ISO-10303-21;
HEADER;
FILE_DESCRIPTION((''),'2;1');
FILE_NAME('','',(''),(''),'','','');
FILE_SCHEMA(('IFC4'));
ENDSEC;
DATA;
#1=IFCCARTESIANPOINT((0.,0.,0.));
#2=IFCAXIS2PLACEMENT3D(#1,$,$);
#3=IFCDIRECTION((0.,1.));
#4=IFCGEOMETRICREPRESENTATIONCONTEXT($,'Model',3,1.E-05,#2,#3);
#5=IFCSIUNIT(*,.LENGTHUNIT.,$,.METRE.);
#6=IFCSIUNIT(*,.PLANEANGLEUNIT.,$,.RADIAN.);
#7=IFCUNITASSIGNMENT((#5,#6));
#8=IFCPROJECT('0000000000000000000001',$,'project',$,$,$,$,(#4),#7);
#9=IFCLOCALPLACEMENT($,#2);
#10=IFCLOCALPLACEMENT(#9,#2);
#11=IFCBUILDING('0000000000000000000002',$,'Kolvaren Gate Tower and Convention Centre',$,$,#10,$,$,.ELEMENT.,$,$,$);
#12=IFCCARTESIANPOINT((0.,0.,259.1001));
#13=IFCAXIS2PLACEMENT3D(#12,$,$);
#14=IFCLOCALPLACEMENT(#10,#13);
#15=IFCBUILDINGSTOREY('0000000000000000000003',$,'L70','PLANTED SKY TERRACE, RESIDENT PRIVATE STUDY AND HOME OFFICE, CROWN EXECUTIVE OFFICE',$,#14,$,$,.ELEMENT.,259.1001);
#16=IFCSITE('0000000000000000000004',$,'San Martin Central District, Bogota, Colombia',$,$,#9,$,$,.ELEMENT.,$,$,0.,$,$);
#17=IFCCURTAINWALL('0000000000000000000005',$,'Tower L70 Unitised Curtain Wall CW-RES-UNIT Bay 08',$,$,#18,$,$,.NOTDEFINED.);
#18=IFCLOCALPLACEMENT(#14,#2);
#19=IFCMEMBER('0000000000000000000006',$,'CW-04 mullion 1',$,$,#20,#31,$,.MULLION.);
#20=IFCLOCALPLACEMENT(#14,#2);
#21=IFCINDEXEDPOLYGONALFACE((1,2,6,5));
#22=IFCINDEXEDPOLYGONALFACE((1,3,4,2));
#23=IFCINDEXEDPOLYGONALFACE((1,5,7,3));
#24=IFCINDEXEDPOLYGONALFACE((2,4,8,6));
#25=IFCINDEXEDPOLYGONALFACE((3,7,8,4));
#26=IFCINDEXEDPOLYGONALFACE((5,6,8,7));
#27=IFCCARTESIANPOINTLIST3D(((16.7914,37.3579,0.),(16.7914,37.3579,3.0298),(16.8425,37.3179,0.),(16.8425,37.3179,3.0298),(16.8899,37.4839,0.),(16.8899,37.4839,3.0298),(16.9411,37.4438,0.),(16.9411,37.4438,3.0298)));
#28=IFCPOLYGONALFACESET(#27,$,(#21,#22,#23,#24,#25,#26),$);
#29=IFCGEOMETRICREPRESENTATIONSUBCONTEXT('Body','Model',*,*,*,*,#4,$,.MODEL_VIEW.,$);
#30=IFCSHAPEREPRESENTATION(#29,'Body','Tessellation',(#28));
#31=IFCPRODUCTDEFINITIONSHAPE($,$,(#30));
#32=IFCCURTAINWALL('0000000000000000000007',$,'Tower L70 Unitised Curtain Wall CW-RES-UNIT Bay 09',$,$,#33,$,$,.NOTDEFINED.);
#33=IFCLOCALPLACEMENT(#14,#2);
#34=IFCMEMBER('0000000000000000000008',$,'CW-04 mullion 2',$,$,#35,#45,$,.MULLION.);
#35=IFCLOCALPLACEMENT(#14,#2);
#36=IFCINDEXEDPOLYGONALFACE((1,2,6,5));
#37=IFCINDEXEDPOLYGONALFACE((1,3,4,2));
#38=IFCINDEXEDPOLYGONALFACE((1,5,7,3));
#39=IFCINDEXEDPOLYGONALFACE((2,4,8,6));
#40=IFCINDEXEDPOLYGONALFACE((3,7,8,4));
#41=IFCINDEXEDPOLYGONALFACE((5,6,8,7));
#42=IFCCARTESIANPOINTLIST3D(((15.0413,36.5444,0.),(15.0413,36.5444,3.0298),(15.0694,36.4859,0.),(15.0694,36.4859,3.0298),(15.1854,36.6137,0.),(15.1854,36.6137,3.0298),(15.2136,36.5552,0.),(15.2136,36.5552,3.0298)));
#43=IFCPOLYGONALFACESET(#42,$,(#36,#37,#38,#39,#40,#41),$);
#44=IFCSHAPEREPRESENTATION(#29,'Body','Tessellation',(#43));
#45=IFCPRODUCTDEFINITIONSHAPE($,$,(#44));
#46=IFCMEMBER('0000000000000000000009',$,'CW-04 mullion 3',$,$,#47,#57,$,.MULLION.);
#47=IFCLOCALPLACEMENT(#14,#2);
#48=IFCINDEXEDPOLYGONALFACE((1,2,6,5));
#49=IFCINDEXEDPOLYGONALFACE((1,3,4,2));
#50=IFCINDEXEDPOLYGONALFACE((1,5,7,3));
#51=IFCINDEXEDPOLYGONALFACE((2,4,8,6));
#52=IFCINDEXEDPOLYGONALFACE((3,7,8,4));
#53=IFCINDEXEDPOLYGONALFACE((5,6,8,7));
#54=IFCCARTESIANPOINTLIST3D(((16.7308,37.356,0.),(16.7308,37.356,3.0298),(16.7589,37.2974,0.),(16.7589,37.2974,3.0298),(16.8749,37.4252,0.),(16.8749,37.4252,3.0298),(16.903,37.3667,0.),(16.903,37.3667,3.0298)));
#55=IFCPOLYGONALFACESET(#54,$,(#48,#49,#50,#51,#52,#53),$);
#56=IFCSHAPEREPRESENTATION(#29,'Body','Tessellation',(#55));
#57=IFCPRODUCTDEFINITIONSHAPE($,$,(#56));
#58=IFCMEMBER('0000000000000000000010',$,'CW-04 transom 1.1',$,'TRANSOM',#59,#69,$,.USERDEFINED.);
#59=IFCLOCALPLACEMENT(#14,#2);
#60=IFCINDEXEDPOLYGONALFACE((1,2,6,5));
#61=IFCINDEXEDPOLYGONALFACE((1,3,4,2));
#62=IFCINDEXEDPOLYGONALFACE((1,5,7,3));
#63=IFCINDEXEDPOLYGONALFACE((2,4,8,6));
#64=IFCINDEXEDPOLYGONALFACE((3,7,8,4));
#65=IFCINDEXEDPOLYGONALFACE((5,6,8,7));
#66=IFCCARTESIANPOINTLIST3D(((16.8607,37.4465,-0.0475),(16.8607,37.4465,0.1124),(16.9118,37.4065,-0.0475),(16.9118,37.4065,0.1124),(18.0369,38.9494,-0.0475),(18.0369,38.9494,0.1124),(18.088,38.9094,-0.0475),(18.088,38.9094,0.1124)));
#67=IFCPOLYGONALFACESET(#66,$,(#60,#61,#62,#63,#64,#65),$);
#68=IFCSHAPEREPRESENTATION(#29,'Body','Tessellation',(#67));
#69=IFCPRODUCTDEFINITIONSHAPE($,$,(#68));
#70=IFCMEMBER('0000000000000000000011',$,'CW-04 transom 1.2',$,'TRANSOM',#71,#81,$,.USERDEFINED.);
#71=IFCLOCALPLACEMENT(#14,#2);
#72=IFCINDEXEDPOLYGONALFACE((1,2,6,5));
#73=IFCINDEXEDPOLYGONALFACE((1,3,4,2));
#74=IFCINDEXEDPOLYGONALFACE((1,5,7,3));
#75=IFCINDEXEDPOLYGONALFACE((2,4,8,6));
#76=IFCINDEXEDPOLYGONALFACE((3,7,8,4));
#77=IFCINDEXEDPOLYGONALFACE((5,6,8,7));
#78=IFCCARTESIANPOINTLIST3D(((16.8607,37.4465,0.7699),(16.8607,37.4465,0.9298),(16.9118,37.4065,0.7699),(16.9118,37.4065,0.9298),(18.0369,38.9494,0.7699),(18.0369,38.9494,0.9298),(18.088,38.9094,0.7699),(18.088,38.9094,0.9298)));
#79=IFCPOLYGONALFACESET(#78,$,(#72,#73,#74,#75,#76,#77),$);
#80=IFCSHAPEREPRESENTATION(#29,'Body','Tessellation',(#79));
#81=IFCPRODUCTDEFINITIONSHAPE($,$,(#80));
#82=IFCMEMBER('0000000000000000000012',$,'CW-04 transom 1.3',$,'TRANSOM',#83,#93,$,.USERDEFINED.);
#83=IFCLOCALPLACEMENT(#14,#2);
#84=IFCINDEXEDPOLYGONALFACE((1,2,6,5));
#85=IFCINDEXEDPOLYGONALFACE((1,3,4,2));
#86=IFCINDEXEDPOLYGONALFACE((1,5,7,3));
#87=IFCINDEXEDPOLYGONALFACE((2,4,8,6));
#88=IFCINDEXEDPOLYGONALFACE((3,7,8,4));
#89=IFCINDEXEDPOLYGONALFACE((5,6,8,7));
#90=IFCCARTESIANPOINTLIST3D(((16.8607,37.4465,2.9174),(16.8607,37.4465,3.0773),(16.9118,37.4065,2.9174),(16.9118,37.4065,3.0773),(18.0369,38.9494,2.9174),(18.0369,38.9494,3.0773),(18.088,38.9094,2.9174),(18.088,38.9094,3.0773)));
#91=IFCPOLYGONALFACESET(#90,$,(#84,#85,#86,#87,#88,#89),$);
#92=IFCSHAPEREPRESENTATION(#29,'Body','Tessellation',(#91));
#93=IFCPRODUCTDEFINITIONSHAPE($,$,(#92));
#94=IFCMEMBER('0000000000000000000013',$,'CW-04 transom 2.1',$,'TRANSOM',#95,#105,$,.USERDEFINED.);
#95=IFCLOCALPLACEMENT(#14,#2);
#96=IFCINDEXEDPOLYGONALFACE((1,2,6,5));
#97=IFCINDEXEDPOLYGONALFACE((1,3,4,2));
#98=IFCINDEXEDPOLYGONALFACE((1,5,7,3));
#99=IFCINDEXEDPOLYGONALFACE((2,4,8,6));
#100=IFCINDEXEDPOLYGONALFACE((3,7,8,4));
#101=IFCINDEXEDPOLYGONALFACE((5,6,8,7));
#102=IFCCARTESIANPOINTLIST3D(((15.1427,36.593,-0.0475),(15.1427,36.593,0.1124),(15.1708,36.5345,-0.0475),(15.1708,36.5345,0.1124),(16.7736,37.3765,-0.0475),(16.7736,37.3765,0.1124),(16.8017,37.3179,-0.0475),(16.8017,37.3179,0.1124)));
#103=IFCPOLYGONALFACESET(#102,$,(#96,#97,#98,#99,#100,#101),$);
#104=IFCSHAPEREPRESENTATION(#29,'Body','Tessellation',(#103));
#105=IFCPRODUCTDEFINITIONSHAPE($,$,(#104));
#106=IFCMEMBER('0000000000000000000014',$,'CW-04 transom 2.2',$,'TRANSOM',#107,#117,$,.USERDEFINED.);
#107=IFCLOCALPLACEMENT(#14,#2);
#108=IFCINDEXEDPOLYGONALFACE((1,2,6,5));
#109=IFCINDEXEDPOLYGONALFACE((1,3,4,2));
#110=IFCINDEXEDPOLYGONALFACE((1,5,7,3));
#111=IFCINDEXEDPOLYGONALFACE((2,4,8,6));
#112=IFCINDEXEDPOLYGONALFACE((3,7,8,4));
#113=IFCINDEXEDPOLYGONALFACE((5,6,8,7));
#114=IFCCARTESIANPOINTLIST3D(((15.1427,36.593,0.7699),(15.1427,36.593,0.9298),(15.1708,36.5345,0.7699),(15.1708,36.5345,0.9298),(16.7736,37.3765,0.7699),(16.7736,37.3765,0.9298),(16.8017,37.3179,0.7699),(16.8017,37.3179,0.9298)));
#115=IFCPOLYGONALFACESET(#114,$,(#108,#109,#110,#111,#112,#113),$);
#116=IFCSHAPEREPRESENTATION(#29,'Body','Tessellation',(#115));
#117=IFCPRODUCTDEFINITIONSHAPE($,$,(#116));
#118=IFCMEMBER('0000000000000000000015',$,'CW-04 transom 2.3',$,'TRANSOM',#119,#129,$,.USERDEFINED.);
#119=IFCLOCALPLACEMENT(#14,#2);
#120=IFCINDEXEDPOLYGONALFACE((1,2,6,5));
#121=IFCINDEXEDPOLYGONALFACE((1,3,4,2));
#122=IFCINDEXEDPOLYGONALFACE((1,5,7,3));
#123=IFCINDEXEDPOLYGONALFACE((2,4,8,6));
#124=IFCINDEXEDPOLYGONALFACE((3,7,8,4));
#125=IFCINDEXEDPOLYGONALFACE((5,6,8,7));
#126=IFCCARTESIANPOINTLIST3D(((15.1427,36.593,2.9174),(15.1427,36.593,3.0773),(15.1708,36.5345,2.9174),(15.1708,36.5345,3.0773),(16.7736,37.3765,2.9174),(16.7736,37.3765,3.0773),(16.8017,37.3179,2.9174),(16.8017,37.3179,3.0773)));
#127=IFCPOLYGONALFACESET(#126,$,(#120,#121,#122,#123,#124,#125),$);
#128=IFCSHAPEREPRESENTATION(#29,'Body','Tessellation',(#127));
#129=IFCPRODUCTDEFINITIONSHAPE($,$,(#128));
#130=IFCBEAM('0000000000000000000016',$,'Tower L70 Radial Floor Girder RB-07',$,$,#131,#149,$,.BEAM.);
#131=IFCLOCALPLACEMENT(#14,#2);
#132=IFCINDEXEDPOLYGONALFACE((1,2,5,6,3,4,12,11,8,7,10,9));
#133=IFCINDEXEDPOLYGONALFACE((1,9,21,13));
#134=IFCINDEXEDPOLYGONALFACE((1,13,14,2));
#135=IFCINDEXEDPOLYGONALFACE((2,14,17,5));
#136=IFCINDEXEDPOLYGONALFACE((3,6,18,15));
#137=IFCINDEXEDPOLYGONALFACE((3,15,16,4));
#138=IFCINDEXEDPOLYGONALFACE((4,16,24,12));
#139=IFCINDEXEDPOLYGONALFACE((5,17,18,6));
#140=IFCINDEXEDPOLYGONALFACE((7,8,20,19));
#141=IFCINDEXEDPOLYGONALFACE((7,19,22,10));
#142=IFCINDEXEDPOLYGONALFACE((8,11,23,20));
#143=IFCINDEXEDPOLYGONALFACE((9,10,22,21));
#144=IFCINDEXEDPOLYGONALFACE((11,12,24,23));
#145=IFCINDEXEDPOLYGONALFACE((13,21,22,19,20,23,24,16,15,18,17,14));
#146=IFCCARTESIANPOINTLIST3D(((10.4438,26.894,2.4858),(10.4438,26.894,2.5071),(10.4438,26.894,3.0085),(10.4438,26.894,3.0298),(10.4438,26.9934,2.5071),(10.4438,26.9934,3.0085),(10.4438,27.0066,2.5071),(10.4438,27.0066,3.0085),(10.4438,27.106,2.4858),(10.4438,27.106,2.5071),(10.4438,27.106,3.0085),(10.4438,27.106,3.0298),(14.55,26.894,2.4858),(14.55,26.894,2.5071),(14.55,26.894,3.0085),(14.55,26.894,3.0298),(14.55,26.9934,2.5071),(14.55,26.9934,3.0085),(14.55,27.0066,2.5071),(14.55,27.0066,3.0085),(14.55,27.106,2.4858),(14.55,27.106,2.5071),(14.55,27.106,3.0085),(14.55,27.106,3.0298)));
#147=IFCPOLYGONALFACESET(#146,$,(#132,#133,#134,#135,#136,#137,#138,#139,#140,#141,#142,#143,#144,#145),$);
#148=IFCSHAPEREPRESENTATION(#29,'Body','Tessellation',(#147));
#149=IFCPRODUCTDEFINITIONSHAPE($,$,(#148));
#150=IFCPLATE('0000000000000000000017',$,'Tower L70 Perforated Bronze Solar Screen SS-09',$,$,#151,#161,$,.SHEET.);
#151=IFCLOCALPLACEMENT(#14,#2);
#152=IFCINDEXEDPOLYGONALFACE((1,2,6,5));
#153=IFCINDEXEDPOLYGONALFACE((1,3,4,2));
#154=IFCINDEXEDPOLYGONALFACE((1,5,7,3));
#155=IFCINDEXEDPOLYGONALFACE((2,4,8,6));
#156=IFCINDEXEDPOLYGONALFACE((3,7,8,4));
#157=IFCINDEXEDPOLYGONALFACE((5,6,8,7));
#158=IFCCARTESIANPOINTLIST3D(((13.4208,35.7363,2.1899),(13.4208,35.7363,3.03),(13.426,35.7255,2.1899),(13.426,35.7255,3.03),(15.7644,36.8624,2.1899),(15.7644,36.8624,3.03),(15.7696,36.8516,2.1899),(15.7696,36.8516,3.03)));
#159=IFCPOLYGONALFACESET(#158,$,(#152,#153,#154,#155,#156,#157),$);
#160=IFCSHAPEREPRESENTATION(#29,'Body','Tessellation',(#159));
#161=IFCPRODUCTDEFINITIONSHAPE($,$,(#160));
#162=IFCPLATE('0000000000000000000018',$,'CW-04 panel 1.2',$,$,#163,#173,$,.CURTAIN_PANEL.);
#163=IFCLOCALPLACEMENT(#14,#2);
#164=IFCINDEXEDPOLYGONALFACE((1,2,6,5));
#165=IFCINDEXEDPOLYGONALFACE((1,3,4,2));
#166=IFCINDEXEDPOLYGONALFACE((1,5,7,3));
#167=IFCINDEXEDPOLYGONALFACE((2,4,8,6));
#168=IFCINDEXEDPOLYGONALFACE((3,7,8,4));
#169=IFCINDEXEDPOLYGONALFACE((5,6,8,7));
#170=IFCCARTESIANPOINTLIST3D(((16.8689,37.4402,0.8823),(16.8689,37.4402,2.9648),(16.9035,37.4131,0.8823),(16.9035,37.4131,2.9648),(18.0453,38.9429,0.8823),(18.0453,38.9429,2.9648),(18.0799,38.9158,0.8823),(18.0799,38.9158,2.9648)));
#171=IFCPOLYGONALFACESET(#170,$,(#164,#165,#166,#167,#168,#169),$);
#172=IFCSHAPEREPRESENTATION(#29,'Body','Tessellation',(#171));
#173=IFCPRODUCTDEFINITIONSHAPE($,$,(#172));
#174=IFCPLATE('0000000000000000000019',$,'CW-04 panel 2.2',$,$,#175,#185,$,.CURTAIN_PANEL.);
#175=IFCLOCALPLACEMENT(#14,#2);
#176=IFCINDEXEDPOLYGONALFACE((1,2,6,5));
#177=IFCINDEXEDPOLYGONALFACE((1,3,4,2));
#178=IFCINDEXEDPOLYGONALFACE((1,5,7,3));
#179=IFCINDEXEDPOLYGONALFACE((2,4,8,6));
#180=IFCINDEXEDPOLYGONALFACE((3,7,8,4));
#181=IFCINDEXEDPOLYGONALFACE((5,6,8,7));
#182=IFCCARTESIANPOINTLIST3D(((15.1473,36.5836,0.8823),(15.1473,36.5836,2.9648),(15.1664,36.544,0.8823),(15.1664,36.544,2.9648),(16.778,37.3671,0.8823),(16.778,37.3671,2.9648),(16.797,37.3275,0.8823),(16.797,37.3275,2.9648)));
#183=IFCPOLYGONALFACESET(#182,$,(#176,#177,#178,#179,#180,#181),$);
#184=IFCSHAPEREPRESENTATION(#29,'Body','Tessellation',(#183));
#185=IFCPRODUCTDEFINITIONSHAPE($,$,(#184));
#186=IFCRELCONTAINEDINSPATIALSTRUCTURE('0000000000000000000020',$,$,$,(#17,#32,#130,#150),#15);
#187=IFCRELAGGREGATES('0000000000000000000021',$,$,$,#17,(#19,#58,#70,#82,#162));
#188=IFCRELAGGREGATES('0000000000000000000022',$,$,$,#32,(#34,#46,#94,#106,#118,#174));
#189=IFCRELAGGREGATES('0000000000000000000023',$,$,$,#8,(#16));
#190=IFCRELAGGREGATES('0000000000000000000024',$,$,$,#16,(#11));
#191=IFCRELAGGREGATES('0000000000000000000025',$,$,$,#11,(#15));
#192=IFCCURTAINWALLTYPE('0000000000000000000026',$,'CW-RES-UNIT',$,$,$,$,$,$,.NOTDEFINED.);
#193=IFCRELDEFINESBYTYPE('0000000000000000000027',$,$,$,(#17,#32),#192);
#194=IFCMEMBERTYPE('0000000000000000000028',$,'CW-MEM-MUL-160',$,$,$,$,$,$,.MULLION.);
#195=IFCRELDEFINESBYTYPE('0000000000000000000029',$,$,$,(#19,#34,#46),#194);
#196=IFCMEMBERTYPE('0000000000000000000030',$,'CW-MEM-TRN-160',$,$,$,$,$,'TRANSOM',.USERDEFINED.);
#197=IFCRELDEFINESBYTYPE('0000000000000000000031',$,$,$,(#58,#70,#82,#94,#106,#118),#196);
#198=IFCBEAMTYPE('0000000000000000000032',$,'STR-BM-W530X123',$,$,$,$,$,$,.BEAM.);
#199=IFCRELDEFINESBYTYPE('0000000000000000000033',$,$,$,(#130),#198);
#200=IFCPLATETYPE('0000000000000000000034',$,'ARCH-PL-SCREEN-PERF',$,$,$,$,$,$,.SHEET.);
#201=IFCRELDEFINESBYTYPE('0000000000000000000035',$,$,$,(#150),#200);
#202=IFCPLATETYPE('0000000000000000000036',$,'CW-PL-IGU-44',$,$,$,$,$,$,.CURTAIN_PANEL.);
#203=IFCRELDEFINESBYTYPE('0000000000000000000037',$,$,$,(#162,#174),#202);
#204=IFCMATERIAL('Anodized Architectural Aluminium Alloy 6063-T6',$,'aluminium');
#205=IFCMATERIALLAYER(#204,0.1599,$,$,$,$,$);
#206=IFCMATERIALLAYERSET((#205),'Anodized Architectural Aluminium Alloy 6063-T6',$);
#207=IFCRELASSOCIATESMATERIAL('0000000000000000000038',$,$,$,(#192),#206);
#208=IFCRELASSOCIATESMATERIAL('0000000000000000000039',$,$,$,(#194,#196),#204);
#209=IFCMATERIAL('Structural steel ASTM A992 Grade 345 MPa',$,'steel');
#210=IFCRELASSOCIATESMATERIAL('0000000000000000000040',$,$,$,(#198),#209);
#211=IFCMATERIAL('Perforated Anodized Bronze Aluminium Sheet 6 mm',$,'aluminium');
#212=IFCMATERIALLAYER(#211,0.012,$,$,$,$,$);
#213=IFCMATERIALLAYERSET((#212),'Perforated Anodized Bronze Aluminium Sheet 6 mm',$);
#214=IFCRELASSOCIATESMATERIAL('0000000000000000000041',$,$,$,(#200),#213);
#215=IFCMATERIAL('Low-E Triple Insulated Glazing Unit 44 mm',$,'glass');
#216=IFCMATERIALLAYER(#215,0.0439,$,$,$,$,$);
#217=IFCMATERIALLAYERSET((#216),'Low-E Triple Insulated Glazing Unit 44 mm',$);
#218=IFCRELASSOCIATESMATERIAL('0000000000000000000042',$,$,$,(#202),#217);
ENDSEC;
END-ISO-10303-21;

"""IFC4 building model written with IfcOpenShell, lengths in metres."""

from ifc_helpers import new_model, si_unit, direction, frame, origin, origin_2d, place, context, subcontext, project, spatial, rectangle, i_section, extrude, material, layer, layer_set, material_profile, profile_set, type_object, element, aggregate, save


model = new_model("IFC4")

# Units and contexts
model_context = context("Model", 3, precision=1e-05, world=origin(), true_north=direction((0.0, 1.0)))
body_context = subcontext(model_context, "Body", "Model", "MODEL_VIEW")
ifc_project = project(units=[si_unit("LENGTHUNIT", "METRE"), si_unit("PLANEANGLEUNIT", "RADIAN")], contexts=[model_context])

# Site, building, storey
site_placement = place(None, origin())
site = spatial("IfcSite", under=ifc_project, at=site_placement, Name="San Martin Central District, Bogota, Colombia", CompositionType="ELEMENT", RefElevation=0.0)
building_placement = place(site_placement, origin())
building = spatial("IfcBuilding", under=site, at=building_placement, Name="Kolvaren Gate Tower and Convention Centre", CompositionType="ELEMENT")
storey_placement = place(building_placement, frame((0.0, 0.0, 259.1001)))
storey = spatial("IfcBuildingStorey", under=building, at=storey_placement, Name="L70", Description="PLANTED SKY TERRACE, RESIDENT PRIVATE STUDY AND HOME OFFICE, CROWN EXECUTIVE OFFICE", CompositionType="ELEMENT", Elevation=259.1001)

# Curtain wall, member
ifc_material_1 = material(Name="Anodized Architectural Aluminium Alloy 6063-T6", Category="aluminium")
ifc_layer_1 = layer(ifc_material_1, 0.1599)
ifc_layer_set_1 = layer_set([ifc_layer_1], Name="Anodized Architectural Aluminium Alloy 6063-T6")
curtain_wall_type = type_object("IfcCurtainWallType", Name="CW-RES-UNIT", PredefinedType="NOTDEFINED", material=ifc_layer_set_1)
curtain_wall_1_placement = place(storey_placement, origin())
curtain_wall_1 = element("IfcCurtainWall", 1, at=curtain_wall_1_placement, inside=storey, type_object=curtain_wall_type, Name="Tower L70 Unitised Curtain Wall CW-RES-UNIT Bay 08", PredefinedType="NOTDEFINED")
ifc_material_profile_1 = material_profile(ifc_material_1, rectangle(XDim=0.0649, YDim=0.1599, at=origin_2d()), Name="CW-MEM-MUL-160")
ifc_profile_set_1 = profile_set([ifc_material_profile_1], Name="Anodized Architectural Aluminium Alloy 6063-T6")
member_type_1 = type_object("IfcMemberType", Name="CW-MEM-MUL-160", PredefinedType="MULLION", material=ifc_profile_set_1)
member_1_placement = place(storey_placement, frame((16.8662, 37.4009, 0.0), z_axis=(0.0, 0.0, 1.0), x_axis=(-0.787413, 0.616426, 0.0)))
member_1 = element("IfcMember", 2, at=member_1_placement, type_object=member_type_1, Name="CW-04 mullion 1", PredefinedType="MULLION", context=body_context, shape_type="SweptSolid", body=[
    extrude(rectangle(XDim=0.0649, YDim=0.1599, at=origin_2d()), origin(), (0.0, 0.0, 1.0), 3.0298),
])

# Curtain wall, members
curtain_wall_2_placement = place(storey_placement, origin())
curtain_wall_2 = element("IfcCurtainWall", 3, at=curtain_wall_2_placement, inside=storey, type_object=curtain_wall_type, Name="Tower L70 Unitised Curtain Wall CW-RES-UNIT Bay 09", PredefinedType="NOTDEFINED")
member_2_placement = place(storey_placement, frame((15.1274, 36.5498, 0.0), z_axis=(0.0, 0.0, 1.0), x_axis=(-0.43307, 0.90136, 0.0)))
member_2 = element("IfcMember", 4, at=member_2_placement, type_object=member_type_1, Name="CW-04 mullion 2", PredefinedType="MULLION", context=body_context, shape_type="SweptSolid", body=[
    extrude(rectangle(XDim=0.0649, YDim=0.1599, at=origin_2d()), origin(), (0.0, 0.0, 1.0), 3.0298),
])
member_3_placement = place(storey_placement, frame((16.8169, 37.3613, 0.0), z_axis=(0.0, 0.0, 1.0), x_axis=(-0.43307, 0.90136, 0.0)))
member_3 = element("IfcMember", 5, at=member_3_placement, type_object=member_type_1, Name="CW-04 mullion 3", PredefinedType="MULLION", context=body_context, shape_type="SweptSolid", body=[
    extrude(rectangle(XDim=0.0649, YDim=0.1599, at=origin_2d()), origin(), (0.0, 0.0, 1.0), 3.0298),
])

# Members
ifc_material_profile_2 = material_profile(ifc_material_1, rectangle(XDim=0.0649, YDim=0.1599, at=origin_2d()), Name="CW-MEM-TRN-160")
ifc_profile_set_2 = profile_set([ifc_material_profile_2], Name="Anodized Architectural Aluminium Alloy 6063-T6")
member_type_2 = type_object("IfcMemberType", Name="CW-MEM-TRN-160", ElementType="TRANSOM", PredefinedType="USERDEFINED", material=ifc_profile_set_2)
member_4_placement = place(storey_placement, frame((16.8862, 37.4265, 0.0325), z_axis=(0.616329, 0.787489, 0.0), x_axis=(-0.787489, 0.616329, 0.0)))
member_4 = element("IfcMember", 6, at=member_4_placement, type_object=member_type_2, Name="CW-04 transom 1.1", ObjectType="TRANSOM", PredefinedType="USERDEFINED", context=body_context, shape_type="SweptSolid", body=[
    extrude(rectangle(XDim=0.0649, YDim=0.1599, at=origin_2d()), origin(), (0.0, 0.0, 1.0), 1.9084),
])
member_5_placement = place(storey_placement, frame((16.8862, 37.4265, 0.8499), z_axis=(0.616329, 0.787489, 0.0), x_axis=(-0.787489, 0.616329, 0.0)))
member_5 = element("IfcMember", 7, at=member_5_placement, type_object=member_type_2, Name="CW-04 transom 1.2", ObjectType="TRANSOM", PredefinedType="USERDEFINED", context=body_context, shape_type="SweptSolid", body=[
    extrude(rectangle(XDim=0.0649, YDim=0.1599, at=origin_2d()), origin(), (0.0, 0.0, 1.0), 1.9084),
])
member_6_placement = place(storey_placement, frame((16.8862, 37.4265, 2.9973), z_axis=(0.616329, 0.787489, 0.0), x_axis=(-0.787489, 0.616329, 0.0)))
member_6 = element("IfcMember", 8, at=member_6_placement, type_object=member_type_2, Name="CW-04 transom 1.3", ObjectType="TRANSOM", PredefinedType="USERDEFINED", context=body_context, shape_type="SweptSolid", body=[
    extrude(rectangle(XDim=0.0649, YDim=0.1599, at=origin_2d()), origin(), (0.0, 0.0, 1.0), 1.9084),
])
member_7_placement = place(storey_placement, frame((15.1567, 36.5637, 0.0325), z_axis=(0.901386, 0.433016, 0.0), x_axis=(-0.433016, 0.901386, 0.0)))
member_7 = element("IfcMember", 9, at=member_7_placement, type_object=member_type_2, Name="CW-04 transom 2.1", ObjectType="TRANSOM", PredefinedType="USERDEFINED", context=body_context, shape_type="SweptSolid", body=[
    extrude(rectangle(XDim=0.0649, YDim=0.1599, at=origin_2d()), origin(), (0.0, 0.0, 1.0), 1.8093),
])
member_8_placement = place(storey_placement, frame((15.1567, 36.5637, 0.8499), z_axis=(0.901386, 0.433016, 0.0), x_axis=(-0.433016, 0.901386, 0.0)))
member_8 = element("IfcMember", 10, at=member_8_placement, type_object=member_type_2, Name="CW-04 transom 2.2", ObjectType="TRANSOM", PredefinedType="USERDEFINED", context=body_context, shape_type="SweptSolid", body=[
    extrude(rectangle(XDim=0.0649, YDim=0.1599, at=origin_2d()), origin(), (0.0, 0.0, 1.0), 1.8093),
])
member_9_placement = place(storey_placement, frame((15.1567, 36.5637, 2.9973), z_axis=(0.901386, 0.433016, 0.0), x_axis=(-0.433016, 0.901386, 0.0)))
member_9 = element("IfcMember", 11, at=member_9_placement, type_object=member_type_2, Name="CW-04 transom 2.3", ObjectType="TRANSOM", PredefinedType="USERDEFINED", context=body_context, shape_type="SweptSolid", body=[
    extrude(rectangle(XDim=0.0649, YDim=0.1599, at=origin_2d()), origin(), (0.0, 0.0, 1.0), 1.8093),
])

# Beam
ifc_material_2 = material(Name="Structural steel ASTM A992 Grade 345 MPa", Category="steel")
ifc_material_profile_3 = material_profile(ifc_material_2, i_section(OverallWidth=0.2119, OverallDepth=0.5439, WebThickness=0.0132, FlangeThickness=0.0212, at=origin_2d()), Name="W530X123")
ifc_profile_set_3 = profile_set([ifc_material_profile_3], Name="Structural steel ASTM A992 Grade 345 MPa")
beam_type = type_object("IfcBeamType", Name="STR-BM-W530X123", PredefinedType="BEAM", material=ifc_profile_set_3)
beam_placement = place(storey_placement, frame((14.55, 27.0, 2.7578), z_axis=(-1.0, 0.0, 0.0), x_axis=(0.0, -1.0, 0.0)))
element("IfcBeam", 12, at=beam_placement, inside=storey, type_object=beam_type, Name="Tower L70 Radial Floor Girder RB-07", PredefinedType="BEAM", context=body_context, shape_type="SweptSolid", body=[
    extrude(i_section(OverallWidth=0.2119, OverallDepth=0.5439, WebThickness=0.0132, FlangeThickness=0.0212, at=origin_2d()), origin(), (0.0, 0.0, 1.0), 4.1062),
])

# Plates
ifc_material_3 = material(Name="Perforated Anodized Bronze Aluminium Sheet 6 mm", Category="aluminium")
ifc_layer_2 = layer(ifc_material_3, 0.012)
ifc_layer_set_2 = layer_set([ifc_layer_2], Name="Perforated Anodized Bronze Aluminium Sheet 6 mm")
plate_type_1 = type_object("IfcPlateType", Name="ARCH-PL-SCREEN-PERF", PredefinedType="SHEET", material=ifc_layer_set_2)
plate_1_placement = place(storey_placement, frame((14.5952, 36.2939, 2.1899), z_axis=(0.0, 0.0, 1.0), x_axis=(0.901356, 0.433079, 0.0)))
element("IfcPlate", 13, at=plate_1_placement, inside=storey, type_object=plate_type_1, Name="Tower L70 Perforated Bronze Solar Screen SS-09", PredefinedType="SHEET", context=body_context, shape_type="SweptSolid", body=[
    extrude(rectangle(XDim=2.6001, YDim=0.012, at=origin_2d()), origin(), (0.0, 0.0, 1.0), 0.8401),
])
ifc_material_4 = material(Name="Low-E Triple Insulated Glazing Unit 44 mm", Category="glass")
ifc_layer_3 = layer(ifc_material_4, 0.0439)
ifc_layer_set_3 = layer_set([ifc_layer_3], Name="Low-E Triple Insulated Glazing Unit 44 mm")
plate_type_2 = type_object("IfcPlateType", Name="CW-PL-IGU-44", PredefinedType="CURTAIN_PANEL", material=ifc_layer_set_3)
plate_2_placement = place(storey_placement, frame((17.4744, 38.178, 0.8823), z_axis=(0.0, 0.0, 1.0), x_axis=(0.616426, 0.787413, 0.0)))
plate_2 = element("IfcPlate", 14, at=plate_2_placement, type_object=plate_type_2, Name="CW-04 panel 1.2", PredefinedType="CURTAIN_PANEL", context=body_context, shape_type="SweptSolid", body=[
    extrude(rectangle(XDim=1.9084, YDim=0.0439, at=origin_2d()), origin(), (0.0, 0.0, 1.0), 2.0825),
])
plate_3_placement = place(storey_placement, frame((15.9722, 36.9556, 0.8823), z_axis=(0.0, 0.0, 1.0), x_axis=(0.90136, 0.43307, 0.0)))
plate_3 = element("IfcPlate", 15, at=plate_3_placement, type_object=plate_type_2, Name="CW-04 panel 2.2", PredefinedType="CURTAIN_PANEL", context=body_context, shape_type="SweptSolid", body=[
    extrude(rectangle(XDim=1.8091, YDim=0.0439, at=origin_2d()), origin(), (0.0, 0.0, 1.0), 2.0825),
])
aggregate(curtain_wall_1, [member_1, member_4, member_5, member_6, plate_2])
aggregate(curtain_wall_2, [member_2, member_3, member_7, member_8, member_9, plate_3])

save(model, "model.ifc")
